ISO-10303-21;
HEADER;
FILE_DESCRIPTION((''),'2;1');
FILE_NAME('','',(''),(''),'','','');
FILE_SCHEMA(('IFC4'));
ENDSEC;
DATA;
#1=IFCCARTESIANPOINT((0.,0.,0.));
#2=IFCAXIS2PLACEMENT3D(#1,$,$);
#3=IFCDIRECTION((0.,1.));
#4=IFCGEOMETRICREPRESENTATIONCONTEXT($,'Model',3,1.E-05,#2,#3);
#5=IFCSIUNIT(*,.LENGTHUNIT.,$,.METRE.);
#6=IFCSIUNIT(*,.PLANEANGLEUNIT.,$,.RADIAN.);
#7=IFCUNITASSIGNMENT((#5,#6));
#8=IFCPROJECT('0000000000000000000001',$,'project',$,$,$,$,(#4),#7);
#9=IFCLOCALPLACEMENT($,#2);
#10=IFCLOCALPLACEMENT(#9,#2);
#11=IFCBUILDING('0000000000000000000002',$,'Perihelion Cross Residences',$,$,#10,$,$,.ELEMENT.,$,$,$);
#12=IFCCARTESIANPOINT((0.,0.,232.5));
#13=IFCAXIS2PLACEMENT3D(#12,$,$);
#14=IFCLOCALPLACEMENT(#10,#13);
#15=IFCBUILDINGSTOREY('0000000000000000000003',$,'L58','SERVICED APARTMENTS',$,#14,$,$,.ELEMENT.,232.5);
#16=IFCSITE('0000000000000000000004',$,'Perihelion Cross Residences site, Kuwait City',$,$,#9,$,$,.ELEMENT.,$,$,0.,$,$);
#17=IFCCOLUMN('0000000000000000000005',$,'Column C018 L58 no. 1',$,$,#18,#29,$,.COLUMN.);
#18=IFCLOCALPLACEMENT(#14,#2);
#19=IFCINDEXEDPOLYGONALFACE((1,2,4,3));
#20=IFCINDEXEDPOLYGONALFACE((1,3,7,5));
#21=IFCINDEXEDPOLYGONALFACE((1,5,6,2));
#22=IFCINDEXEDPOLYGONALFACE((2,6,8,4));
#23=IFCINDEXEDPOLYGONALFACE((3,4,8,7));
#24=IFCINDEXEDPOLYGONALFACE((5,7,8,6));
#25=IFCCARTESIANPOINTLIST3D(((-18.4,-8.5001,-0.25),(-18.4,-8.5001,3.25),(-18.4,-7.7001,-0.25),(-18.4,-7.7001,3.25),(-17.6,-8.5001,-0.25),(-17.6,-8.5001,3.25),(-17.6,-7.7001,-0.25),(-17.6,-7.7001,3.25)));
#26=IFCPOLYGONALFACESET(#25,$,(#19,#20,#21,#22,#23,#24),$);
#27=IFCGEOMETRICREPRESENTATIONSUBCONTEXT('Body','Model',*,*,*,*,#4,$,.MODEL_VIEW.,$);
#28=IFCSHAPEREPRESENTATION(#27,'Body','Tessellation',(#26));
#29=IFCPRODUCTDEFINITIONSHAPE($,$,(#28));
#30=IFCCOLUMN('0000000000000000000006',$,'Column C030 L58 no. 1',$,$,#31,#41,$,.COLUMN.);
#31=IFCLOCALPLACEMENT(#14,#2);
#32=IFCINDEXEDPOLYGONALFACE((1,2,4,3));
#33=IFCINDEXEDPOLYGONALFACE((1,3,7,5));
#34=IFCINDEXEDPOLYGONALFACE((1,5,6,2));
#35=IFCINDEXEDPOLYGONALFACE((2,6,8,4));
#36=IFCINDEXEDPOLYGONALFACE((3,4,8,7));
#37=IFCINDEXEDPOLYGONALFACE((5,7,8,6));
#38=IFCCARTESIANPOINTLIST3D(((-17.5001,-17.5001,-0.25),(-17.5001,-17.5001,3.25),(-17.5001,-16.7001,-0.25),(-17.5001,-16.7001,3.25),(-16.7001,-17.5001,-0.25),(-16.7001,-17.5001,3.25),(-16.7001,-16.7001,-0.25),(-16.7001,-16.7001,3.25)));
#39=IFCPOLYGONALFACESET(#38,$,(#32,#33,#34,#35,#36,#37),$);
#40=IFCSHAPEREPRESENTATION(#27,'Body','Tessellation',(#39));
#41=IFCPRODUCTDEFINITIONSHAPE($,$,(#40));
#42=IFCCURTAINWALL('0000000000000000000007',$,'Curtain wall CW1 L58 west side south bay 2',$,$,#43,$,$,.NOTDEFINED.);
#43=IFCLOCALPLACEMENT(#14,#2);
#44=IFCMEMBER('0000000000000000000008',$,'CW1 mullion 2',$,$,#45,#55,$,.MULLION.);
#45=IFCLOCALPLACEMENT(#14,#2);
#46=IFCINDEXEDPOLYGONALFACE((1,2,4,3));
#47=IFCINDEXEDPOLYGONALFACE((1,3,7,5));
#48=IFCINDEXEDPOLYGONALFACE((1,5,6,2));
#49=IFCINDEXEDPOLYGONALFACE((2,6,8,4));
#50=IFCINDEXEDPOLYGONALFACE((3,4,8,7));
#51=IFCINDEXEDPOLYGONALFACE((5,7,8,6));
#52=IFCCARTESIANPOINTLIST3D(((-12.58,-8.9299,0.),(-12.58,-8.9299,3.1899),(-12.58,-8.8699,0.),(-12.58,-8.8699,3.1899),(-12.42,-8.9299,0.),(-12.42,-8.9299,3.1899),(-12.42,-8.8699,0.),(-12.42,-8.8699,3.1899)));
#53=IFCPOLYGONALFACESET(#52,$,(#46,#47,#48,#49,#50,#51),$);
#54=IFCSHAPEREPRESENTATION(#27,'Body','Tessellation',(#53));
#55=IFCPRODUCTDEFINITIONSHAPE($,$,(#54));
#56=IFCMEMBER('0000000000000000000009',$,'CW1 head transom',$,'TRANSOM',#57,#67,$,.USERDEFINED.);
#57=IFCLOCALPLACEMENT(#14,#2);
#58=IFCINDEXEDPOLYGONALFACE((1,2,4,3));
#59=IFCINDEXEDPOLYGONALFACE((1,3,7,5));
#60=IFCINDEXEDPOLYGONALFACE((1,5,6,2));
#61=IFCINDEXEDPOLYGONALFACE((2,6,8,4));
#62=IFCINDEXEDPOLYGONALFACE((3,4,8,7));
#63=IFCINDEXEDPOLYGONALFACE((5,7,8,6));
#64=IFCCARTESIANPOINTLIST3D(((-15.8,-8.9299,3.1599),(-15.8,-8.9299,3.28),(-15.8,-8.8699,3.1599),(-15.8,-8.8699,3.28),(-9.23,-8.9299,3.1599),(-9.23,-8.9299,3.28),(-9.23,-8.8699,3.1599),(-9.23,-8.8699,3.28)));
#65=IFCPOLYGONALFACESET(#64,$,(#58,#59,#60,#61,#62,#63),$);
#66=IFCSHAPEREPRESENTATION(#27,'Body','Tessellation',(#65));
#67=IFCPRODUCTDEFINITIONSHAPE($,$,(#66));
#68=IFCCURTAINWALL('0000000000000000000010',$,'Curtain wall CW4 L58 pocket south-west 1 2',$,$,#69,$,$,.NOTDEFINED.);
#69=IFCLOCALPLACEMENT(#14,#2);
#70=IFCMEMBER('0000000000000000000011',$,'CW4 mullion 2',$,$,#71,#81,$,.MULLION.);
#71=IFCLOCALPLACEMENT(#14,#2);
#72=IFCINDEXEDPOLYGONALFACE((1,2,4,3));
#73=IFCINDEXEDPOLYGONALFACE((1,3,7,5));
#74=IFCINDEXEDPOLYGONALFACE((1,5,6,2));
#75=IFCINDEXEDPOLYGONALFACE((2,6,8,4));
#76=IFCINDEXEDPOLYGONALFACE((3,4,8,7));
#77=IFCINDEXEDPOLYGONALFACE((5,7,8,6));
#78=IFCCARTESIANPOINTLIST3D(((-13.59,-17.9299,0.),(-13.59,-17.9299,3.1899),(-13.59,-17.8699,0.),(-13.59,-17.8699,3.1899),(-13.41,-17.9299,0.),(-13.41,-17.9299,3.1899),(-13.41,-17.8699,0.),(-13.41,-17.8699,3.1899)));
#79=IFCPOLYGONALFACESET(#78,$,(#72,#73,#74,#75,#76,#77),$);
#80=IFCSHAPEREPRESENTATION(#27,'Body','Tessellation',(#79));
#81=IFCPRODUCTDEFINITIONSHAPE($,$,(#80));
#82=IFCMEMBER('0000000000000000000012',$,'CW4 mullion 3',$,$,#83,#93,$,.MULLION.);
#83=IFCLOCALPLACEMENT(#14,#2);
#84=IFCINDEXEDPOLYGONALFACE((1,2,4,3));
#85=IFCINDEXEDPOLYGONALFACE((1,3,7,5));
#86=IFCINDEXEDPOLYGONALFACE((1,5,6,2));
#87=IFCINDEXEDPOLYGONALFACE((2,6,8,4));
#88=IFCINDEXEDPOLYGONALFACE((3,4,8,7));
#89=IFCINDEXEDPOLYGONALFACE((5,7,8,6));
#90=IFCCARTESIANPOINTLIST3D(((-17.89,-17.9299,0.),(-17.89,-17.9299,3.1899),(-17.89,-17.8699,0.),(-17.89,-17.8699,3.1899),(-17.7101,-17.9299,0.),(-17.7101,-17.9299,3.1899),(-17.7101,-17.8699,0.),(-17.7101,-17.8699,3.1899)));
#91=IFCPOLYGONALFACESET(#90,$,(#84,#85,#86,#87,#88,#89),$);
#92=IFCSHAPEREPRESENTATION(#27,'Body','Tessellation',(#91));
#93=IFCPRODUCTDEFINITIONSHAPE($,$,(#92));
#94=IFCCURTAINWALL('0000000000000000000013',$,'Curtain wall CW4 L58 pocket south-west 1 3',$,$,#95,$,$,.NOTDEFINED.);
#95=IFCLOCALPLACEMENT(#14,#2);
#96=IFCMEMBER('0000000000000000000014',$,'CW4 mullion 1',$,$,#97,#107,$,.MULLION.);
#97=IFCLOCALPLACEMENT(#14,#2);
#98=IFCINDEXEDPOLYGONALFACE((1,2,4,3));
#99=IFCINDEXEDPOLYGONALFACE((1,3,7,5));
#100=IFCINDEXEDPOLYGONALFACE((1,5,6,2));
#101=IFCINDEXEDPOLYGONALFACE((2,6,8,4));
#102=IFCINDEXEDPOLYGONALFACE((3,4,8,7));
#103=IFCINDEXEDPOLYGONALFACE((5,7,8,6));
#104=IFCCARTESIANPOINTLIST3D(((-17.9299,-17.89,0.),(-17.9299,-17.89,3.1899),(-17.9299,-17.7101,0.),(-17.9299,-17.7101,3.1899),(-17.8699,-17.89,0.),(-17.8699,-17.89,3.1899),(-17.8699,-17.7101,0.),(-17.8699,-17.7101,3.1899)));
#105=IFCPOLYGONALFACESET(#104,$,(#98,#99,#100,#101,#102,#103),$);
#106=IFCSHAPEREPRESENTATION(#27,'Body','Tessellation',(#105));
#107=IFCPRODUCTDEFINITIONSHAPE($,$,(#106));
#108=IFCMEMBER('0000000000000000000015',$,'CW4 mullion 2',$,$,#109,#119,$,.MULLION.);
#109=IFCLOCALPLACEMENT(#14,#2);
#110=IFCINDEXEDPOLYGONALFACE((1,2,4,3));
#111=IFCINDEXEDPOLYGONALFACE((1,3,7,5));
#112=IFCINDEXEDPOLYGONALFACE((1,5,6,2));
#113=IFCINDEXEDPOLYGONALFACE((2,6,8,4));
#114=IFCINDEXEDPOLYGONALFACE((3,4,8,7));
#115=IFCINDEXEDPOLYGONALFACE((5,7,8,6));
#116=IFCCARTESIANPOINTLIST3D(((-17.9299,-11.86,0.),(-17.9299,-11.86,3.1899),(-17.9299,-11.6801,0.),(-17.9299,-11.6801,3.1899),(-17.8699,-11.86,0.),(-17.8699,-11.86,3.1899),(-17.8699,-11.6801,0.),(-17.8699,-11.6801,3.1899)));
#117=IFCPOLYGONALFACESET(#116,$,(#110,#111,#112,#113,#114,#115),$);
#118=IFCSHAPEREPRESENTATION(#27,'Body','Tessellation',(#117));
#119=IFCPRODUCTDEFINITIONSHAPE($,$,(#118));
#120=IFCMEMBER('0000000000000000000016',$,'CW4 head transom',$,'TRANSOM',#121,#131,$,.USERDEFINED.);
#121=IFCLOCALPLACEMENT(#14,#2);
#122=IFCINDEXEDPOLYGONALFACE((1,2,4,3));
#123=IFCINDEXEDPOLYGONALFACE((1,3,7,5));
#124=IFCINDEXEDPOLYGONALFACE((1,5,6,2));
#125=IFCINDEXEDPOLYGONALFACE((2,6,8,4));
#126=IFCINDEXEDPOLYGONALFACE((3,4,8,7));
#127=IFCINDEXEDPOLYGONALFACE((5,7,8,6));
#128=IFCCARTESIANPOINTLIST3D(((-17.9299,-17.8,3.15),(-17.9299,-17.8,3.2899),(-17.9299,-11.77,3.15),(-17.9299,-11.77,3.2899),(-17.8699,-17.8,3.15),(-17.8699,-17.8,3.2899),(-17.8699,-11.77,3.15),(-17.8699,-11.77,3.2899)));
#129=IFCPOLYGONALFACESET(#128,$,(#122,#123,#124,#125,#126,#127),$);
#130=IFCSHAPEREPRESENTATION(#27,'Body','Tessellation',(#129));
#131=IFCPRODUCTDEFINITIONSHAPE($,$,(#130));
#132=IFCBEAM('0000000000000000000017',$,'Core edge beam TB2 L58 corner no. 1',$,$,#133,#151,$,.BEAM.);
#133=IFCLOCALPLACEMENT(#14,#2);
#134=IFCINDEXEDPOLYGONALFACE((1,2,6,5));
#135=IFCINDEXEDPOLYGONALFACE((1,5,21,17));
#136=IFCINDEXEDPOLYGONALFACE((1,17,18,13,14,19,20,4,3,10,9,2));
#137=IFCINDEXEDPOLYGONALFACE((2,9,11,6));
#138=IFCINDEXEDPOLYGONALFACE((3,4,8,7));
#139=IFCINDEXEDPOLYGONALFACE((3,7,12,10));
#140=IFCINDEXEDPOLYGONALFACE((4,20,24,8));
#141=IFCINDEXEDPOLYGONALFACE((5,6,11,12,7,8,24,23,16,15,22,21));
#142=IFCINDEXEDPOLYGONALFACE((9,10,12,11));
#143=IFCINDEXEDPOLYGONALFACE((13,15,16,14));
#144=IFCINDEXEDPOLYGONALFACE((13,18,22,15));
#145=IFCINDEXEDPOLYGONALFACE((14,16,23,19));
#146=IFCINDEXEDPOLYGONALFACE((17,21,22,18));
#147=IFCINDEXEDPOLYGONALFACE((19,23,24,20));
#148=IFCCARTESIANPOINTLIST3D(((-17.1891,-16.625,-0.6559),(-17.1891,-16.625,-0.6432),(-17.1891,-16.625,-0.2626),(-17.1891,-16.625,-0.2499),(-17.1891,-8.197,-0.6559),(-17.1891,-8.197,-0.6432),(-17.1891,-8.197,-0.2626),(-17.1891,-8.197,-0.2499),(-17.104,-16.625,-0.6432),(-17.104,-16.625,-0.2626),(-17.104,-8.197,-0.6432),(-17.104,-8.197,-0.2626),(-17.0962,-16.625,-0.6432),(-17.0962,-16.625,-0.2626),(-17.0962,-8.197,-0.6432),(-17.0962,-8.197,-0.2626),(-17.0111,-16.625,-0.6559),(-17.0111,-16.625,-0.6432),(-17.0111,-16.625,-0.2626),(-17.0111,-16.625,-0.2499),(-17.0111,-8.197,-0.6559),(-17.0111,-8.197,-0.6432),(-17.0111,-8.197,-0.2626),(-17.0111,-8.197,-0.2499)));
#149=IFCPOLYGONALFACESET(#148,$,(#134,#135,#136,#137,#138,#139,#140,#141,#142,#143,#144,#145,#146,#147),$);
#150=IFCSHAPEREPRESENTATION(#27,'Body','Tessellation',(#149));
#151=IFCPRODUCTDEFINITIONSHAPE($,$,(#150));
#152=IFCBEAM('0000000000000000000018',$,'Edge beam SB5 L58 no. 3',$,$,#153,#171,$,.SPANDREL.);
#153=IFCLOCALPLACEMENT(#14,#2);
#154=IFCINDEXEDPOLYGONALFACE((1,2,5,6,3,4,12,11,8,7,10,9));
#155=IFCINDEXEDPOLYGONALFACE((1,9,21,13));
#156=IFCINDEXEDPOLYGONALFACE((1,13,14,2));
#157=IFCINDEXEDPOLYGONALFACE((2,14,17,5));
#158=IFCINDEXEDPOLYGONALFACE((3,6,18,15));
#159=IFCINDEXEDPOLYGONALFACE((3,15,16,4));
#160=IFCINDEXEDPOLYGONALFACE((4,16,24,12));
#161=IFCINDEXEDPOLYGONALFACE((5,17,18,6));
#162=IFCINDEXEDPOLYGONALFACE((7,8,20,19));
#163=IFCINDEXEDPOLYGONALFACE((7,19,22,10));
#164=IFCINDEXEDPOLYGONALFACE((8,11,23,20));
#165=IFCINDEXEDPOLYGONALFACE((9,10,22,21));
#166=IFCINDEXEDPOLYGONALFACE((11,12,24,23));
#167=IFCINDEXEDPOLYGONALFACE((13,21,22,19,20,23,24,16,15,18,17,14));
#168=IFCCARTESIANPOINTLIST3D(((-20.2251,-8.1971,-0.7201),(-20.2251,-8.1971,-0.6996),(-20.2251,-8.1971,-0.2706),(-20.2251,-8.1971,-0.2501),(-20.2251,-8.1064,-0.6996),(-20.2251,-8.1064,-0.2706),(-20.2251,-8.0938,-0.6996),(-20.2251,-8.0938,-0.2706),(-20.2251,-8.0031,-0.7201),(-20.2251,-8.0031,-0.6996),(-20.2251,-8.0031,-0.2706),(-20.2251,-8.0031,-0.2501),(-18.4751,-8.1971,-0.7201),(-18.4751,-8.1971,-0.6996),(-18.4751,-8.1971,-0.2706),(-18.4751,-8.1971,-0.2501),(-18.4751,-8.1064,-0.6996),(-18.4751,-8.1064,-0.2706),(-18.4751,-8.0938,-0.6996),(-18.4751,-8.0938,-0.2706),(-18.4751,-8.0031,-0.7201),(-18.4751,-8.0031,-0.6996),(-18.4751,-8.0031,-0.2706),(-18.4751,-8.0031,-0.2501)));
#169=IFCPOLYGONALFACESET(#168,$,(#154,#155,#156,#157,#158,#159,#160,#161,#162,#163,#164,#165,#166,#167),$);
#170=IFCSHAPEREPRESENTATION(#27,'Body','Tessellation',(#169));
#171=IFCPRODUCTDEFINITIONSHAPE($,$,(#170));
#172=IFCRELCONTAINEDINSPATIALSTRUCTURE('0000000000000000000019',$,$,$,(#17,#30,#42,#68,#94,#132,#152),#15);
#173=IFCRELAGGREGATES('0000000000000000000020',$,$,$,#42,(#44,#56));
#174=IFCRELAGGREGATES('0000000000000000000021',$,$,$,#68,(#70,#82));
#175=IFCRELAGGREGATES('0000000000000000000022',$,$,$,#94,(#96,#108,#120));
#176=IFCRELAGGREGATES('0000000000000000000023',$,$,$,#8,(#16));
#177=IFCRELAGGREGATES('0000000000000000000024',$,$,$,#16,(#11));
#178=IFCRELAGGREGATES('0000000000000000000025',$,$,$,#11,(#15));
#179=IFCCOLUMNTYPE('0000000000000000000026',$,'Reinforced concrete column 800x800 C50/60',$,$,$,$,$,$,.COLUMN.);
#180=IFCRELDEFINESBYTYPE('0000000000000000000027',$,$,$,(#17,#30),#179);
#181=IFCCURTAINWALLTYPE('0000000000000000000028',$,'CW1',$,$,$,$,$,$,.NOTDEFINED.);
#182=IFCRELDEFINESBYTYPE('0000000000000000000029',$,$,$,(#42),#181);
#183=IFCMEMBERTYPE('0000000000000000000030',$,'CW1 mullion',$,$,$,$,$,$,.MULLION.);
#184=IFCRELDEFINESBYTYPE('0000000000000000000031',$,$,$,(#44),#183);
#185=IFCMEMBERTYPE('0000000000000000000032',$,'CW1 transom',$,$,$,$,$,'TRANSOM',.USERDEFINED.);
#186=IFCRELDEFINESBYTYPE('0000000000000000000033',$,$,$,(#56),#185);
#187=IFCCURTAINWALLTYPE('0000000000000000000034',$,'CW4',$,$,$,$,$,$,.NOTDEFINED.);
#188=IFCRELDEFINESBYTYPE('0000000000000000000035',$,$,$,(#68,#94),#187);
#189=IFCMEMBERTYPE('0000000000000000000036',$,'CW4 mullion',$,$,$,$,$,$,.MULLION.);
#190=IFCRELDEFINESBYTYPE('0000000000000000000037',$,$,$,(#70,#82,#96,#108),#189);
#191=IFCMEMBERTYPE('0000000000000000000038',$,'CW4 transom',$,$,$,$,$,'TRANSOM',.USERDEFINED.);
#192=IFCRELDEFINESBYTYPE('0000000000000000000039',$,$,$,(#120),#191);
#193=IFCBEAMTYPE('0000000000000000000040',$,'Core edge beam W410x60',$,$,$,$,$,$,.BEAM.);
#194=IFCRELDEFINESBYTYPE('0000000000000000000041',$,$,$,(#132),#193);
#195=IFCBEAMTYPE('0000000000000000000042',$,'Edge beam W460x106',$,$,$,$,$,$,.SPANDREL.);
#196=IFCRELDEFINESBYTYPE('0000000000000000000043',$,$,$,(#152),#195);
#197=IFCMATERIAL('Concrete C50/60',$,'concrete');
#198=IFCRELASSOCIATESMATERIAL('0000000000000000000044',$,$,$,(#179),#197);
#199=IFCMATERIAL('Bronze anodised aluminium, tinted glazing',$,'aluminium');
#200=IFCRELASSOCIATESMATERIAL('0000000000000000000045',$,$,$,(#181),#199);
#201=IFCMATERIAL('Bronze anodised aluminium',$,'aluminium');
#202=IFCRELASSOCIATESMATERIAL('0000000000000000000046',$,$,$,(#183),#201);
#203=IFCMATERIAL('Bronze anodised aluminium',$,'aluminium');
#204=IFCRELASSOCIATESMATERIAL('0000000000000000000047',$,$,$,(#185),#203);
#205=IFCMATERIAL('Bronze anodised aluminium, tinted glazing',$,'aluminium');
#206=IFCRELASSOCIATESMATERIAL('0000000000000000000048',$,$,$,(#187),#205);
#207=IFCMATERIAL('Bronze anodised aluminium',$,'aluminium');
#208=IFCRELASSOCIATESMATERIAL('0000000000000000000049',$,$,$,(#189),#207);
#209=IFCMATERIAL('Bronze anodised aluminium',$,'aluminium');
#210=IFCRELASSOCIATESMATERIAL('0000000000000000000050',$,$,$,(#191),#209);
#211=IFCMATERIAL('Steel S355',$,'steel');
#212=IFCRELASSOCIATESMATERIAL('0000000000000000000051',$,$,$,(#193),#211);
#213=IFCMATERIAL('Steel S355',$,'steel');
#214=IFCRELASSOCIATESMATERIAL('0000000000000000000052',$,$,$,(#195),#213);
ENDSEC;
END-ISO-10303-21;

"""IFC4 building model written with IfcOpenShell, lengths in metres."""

from ifc_helpers import new_model, si_unit, direction, frame, origin, origin_2d, place, context, subcontext, project, spatial, rectangle, i_section, extrude, material, material_profile, profile_set, type_object, element, aggregate, save


model = new_model("IFC4")

# Units and contexts
model_context = context("Model", 3, precision=1e-05, world=origin(), true_north=direction((0.0, 1.0)))
body_context = subcontext(model_context, "Body", "Model", "MODEL_VIEW")
ifc_project = project(units=[si_unit("LENGTHUNIT", "METRE"), si_unit("PLANEANGLEUNIT", "RADIAN")], contexts=[model_context])

# Site, building, storey
site_placement = place(None, origin())
site = spatial("IfcSite", under=ifc_project, at=site_placement, Name="Perihelion Cross Residences site, Kuwait City", CompositionType="ELEMENT", RefElevation=0.0)
building_placement = place(site_placement, origin())
building = spatial("IfcBuilding", under=site, at=building_placement, Name="Perihelion Cross Residences", CompositionType="ELEMENT")
storey_placement = place(building_placement, frame((0.0, 0.0, 232.5)))
storey = spatial("IfcBuildingStorey", under=building, at=storey_placement, Name="L58", Description="SERVICED APARTMENTS", CompositionType="ELEMENT", Elevation=232.5)

# Columns
ifc_material_1 = material(Name="Concrete C50/60", Category="concrete")
ifc_material_profile_1 = material_profile(ifc_material_1, rectangle(XDim=0.8, YDim=0.8, at=origin_2d()), Name="RC 800x800")
ifc_profile_set_1 = profile_set([ifc_material_profile_1], Name="Concrete C50/60")
column_type = type_object("IfcColumnType", Name="Reinforced concrete column 800x800 C50/60", PredefinedType="COLUMN", material=ifc_profile_set_1)
for number, where, z_axis, x_axis, name in (
    (1, (-18.0, -8.1001, -0.25), (0.0, 0.0, 1.0), (1.0, 0.0, 0.0), "Column C018 L58 no. 1"),
    (2, (-17.1001, -17.1001, -0.25), (0.0, 0.0, 1.0), (1.0, 0.0, 0.0), "Column C030 L58 no. 1"),
):
    element("IfcColumn", number, at=place(storey_placement, frame(where, z_axis=z_axis, x_axis=x_axis)), inside=storey, type_object=column_type, Name=name, PredefinedType="COLUMN", context=body_context, shape_type="SweptSolid", body=[
        extrude(rectangle(XDim=0.8, YDim=0.8, at=origin_2d()), origin(), (0.0, 0.0, 1.0), 3.5),
    ])

# Curtain walls, members
ifc_material_2 = material(Name="Bronze anodised aluminium, tinted glazing", Category="aluminium")
curtain_wall_type_1 = type_object("IfcCurtainWallType", Name="CW1", PredefinedType="NOTDEFINED", material=ifc_material_2)
curtain_wall_1_placement = place(storey_placement, origin())
curtain_wall_1 = element("IfcCurtainWall", 3, at=curtain_wall_1_placement, inside=storey, type_object=curtain_wall_type_1, Name="Curtain wall CW1 L58 west side south bay 2", PredefinedType="NOTDEFINED")
ifc_material_3 = material(Name="Bronze anodised aluminium", Category="aluminium")
ifc_material_profile_2 = material_profile(ifc_material_3, rectangle(XDim=0.0601, YDim=0.1599, at=origin_2d()), Name="CW1 mullion")
ifc_profile_set_2 = profile_set([ifc_material_profile_2], Name="Bronze anodised aluminium")
member_type_1 = type_object("IfcMemberType", Name="CW1 mullion", PredefinedType="MULLION", material=ifc_profile_set_2)
member_1_placement = place(storey_placement, frame((-12.5, -8.8999, 0.0), z_axis=(0.0, 0.0, 1.0), x_axis=(0.0, 1.0, 0.0)))
member_1 = element("IfcMember", 4, at=member_1_placement, type_object=member_type_1, Name="CW1 mullion 2", PredefinedType="MULLION", context=body_context, shape_type="SweptSolid", body=[
    extrude(rectangle(XDim=0.0601, YDim=0.1599, at=origin_2d()), origin(), (0.0, 0.0, 1.0), 3.1899),
])
ifc_material_4 = material(Name="Bronze anodised aluminium", Category="aluminium")
ifc_material_profile_3 = material_profile(ifc_material_4, rectangle(XDim=0.0601, YDim=0.1201, at=origin_2d()), Name="CW1 transom")
ifc_profile_set_3 = profile_set([ifc_material_profile_3], Name="Bronze anodised aluminium")
member_type_2 = type_object("IfcMemberType", Name="CW1 transom", ElementType="TRANSOM", PredefinedType="USERDEFINED", material=ifc_profile_set_3)
member_2_placement = place(storey_placement, frame((-15.8, -8.8999, 3.22), z_axis=(1.0, 0.0, 0.0), x_axis=(0.0, 1.0, 0.0)))
member_2 = element("IfcMember", 5, at=member_2_placement, type_object=member_type_2, Name="CW1 head transom", ObjectType="TRANSOM", PredefinedType="USERDEFINED", context=body_context, shape_type="SweptSolid", body=[
    extrude(rectangle(XDim=0.0601, YDim=0.1201, at=origin_2d()), origin(), (0.0, 0.0, 1.0), 6.5701),
])
ifc_material_5 = material(Name="Bronze anodised aluminium, tinted glazing", Category="aluminium")
curtain_wall_type_2 = type_object("IfcCurtainWallType", Name="CW4", PredefinedType="NOTDEFINED", material=ifc_material_5)
curtain_wall_2_placement = place(storey_placement, origin())
curtain_wall_2 = element("IfcCurtainWall", 6, at=curtain_wall_2_placement, inside=storey, type_object=curtain_wall_type_2, Name="Curtain wall CW4 L58 pocket south-west 1 2", PredefinedType="NOTDEFINED")
ifc_material_6 = material(Name="Bronze anodised aluminium", Category="aluminium")
ifc_material_profile_4 = material_profile(ifc_material_6, rectangle(XDim=0.0601, YDim=0.1799, at=origin_2d()), Name="CW4 mullion")
ifc_profile_set_4 = profile_set([ifc_material_profile_4], Name="Bronze anodised aluminium")
member_type_3 = type_object("IfcMemberType", Name="CW4 mullion", PredefinedType="MULLION", material=ifc_profile_set_4)
member_3_placement = place(storey_placement, frame((-13.5, -17.8999, 0.0), z_axis=(0.0, 0.0, 1.0), x_axis=(0.0, -1.0, 0.0)))
member_3 = element("IfcMember", 7, at=member_3_placement, type_object=member_type_3, Name="CW4 mullion 2", PredefinedType="MULLION", context=body_context, shape_type="SweptSolid", body=[
    extrude(rectangle(XDim=0.0601, YDim=0.1799, at=origin_2d()), origin(), (0.0, 0.0, 1.0), 3.1899),
])
member_4_placement = place(storey_placement, frame((-17.8, -17.8999, 0.0), z_axis=(0.0, 0.0, 1.0), x_axis=(0.0, -1.0, 0.0)))
member_4 = element("IfcMember", 8, at=member_4_placement, type_object=member_type_3, Name="CW4 mullion 3", PredefinedType="MULLION", context=body_context, shape_type="SweptSolid", body=[
    extrude(rectangle(XDim=0.0601, YDim=0.1799, at=origin_2d()), origin(), (0.0, 0.0, 1.0), 3.1899),
])
curtain_wall_3_placement = place(storey_placement, origin())
curtain_wall_3 = element("IfcCurtainWall", 9, at=curtain_wall_3_placement, inside=storey, type_object=curtain_wall_type_2, Name="Curtain wall CW4 L58 pocket south-west 1 3", PredefinedType="NOTDEFINED")
member_5_placement = place(storey_placement, frame((-17.8999, -17.8, 0.0), z_axis=(0.0, 0.0, 1.0), x_axis=(-1.0, 0.0, 0.0)))
member_5 = element("IfcMember", 10, at=member_5_placement, type_object=member_type_3, Name="CW4 mullion 1", PredefinedType="MULLION", context=body_context, shape_type="SweptSolid", body=[
    extrude(rectangle(XDim=0.0601, YDim=0.1799, at=origin_2d()), origin(), (0.0, 0.0, 1.0), 3.1899),
])
member_6_placement = place(storey_placement, frame((-17.8999, -11.77, 0.0), z_axis=(0.0, 0.0, 1.0), x_axis=(-1.0, 0.0, 0.0)))
member_6 = element("IfcMember", 11, at=member_6_placement, type_object=member_type_3, Name="CW4 mullion 2", PredefinedType="MULLION", context=body_context, shape_type="SweptSolid", body=[
    extrude(rectangle(XDim=0.0601, YDim=0.1799, at=origin_2d()), origin(), (0.0, 0.0, 1.0), 3.1899),
])
ifc_material_7 = material(Name="Bronze anodised aluminium", Category="aluminium")
ifc_material_profile_5 = material_profile(ifc_material_7, rectangle(XDim=0.0601, YDim=0.1399, at=origin_2d()), Name="CW4 transom")
ifc_profile_set_5 = profile_set([ifc_material_profile_5], Name="Bronze anodised aluminium")
member_type_4 = type_object("IfcMemberType", Name="CW4 transom", ElementType="TRANSOM", PredefinedType="USERDEFINED", material=ifc_profile_set_5)
member_7_placement = place(storey_placement, frame((-17.8999, -17.8, 3.22), z_axis=(0.0, 1.0, 0.0), x_axis=(-1.0, 0.0, 0.0)))
member_7 = element("IfcMember", 12, at=member_7_placement, type_object=member_type_4, Name="CW4 head transom", ObjectType="TRANSOM", PredefinedType="USERDEFINED", context=body_context, shape_type="SweptSolid", body=[
    extrude(rectangle(XDim=0.0601, YDim=0.1399, at=origin_2d()), origin(), (0.0, 0.0, 1.0), 6.03),
])

# Beams
ifc_material_8 = material(Name="Steel S355", Category="steel")
ifc_material_profile_6 = material_profile(ifc_material_8, i_section(OverallWidth=0.178, OverallDepth=0.406, WebThickness=0.0078, FlangeThickness=0.0127, at=origin_2d()), Name="W410x60")
ifc_profile_set_6 = profile_set([ifc_material_profile_6], Name="Steel S355")
beam_type_1 = type_object("IfcBeamType", Name="Core edge beam W410x60", PredefinedType="BEAM", material=ifc_profile_set_6)
beam_1_placement = place(storey_placement, frame((-17.1001, -8.197, -0.4529), z_axis=(0.0, -1.0, 0.0), x_axis=(1.0, 0.0, 0.0)))
element("IfcBeam", 13, at=beam_1_placement, inside=storey, type_object=beam_type_1, Name="Core edge beam TB2 L58 corner no. 1", PredefinedType="BEAM", context=body_context, shape_type="SweptSolid", body=[
    extrude(i_section(OverallWidth=0.178, OverallDepth=0.406, WebThickness=0.0078, FlangeThickness=0.0127, at=origin_2d()), origin(), (0.0, 0.0, 1.0), 8.428),
])
ifc_material_9 = material(Name="Steel S355", Category="steel")
ifc_material_profile_7 = material_profile(ifc_material_9, i_section(OverallWidth=0.1941, OverallDepth=0.47, WebThickness=0.0127, FlangeThickness=0.0205, at=origin_2d()), Name="W460x106")
ifc_profile_set_7 = profile_set([ifc_material_profile_7], Name="Steel S355")
beam_type_2 = type_object("IfcBeamType", Name="Edge beam W460x106", PredefinedType="SPANDREL", material=ifc_profile_set_7)
beam_2_placement = place(storey_placement, frame((-20.2251, -8.1001, -0.4851), z_axis=(1.0, 0.0, 0.0), x_axis=(0.0, 1.0, 0.0)))
element("IfcBeam", 14, at=beam_2_placement, inside=storey, type_object=beam_type_2, Name="Edge beam SB5 L58 no. 3", PredefinedType="SPANDREL", context=body_context, shape_type="SweptSolid", body=[
    extrude(i_section(OverallWidth=0.1941, OverallDepth=0.47, WebThickness=0.0127, FlangeThickness=0.0205, at=origin_2d()), origin(), (0.0, 0.0, 1.0), 1.75),
])

aggregate(curtain_wall_1, [member_1, member_2])
aggregate(curtain_wall_2, [member_3, member_4])
aggregate(curtain_wall_3, [member_5, member_6, member_7])

save(model, "model.ifc")
